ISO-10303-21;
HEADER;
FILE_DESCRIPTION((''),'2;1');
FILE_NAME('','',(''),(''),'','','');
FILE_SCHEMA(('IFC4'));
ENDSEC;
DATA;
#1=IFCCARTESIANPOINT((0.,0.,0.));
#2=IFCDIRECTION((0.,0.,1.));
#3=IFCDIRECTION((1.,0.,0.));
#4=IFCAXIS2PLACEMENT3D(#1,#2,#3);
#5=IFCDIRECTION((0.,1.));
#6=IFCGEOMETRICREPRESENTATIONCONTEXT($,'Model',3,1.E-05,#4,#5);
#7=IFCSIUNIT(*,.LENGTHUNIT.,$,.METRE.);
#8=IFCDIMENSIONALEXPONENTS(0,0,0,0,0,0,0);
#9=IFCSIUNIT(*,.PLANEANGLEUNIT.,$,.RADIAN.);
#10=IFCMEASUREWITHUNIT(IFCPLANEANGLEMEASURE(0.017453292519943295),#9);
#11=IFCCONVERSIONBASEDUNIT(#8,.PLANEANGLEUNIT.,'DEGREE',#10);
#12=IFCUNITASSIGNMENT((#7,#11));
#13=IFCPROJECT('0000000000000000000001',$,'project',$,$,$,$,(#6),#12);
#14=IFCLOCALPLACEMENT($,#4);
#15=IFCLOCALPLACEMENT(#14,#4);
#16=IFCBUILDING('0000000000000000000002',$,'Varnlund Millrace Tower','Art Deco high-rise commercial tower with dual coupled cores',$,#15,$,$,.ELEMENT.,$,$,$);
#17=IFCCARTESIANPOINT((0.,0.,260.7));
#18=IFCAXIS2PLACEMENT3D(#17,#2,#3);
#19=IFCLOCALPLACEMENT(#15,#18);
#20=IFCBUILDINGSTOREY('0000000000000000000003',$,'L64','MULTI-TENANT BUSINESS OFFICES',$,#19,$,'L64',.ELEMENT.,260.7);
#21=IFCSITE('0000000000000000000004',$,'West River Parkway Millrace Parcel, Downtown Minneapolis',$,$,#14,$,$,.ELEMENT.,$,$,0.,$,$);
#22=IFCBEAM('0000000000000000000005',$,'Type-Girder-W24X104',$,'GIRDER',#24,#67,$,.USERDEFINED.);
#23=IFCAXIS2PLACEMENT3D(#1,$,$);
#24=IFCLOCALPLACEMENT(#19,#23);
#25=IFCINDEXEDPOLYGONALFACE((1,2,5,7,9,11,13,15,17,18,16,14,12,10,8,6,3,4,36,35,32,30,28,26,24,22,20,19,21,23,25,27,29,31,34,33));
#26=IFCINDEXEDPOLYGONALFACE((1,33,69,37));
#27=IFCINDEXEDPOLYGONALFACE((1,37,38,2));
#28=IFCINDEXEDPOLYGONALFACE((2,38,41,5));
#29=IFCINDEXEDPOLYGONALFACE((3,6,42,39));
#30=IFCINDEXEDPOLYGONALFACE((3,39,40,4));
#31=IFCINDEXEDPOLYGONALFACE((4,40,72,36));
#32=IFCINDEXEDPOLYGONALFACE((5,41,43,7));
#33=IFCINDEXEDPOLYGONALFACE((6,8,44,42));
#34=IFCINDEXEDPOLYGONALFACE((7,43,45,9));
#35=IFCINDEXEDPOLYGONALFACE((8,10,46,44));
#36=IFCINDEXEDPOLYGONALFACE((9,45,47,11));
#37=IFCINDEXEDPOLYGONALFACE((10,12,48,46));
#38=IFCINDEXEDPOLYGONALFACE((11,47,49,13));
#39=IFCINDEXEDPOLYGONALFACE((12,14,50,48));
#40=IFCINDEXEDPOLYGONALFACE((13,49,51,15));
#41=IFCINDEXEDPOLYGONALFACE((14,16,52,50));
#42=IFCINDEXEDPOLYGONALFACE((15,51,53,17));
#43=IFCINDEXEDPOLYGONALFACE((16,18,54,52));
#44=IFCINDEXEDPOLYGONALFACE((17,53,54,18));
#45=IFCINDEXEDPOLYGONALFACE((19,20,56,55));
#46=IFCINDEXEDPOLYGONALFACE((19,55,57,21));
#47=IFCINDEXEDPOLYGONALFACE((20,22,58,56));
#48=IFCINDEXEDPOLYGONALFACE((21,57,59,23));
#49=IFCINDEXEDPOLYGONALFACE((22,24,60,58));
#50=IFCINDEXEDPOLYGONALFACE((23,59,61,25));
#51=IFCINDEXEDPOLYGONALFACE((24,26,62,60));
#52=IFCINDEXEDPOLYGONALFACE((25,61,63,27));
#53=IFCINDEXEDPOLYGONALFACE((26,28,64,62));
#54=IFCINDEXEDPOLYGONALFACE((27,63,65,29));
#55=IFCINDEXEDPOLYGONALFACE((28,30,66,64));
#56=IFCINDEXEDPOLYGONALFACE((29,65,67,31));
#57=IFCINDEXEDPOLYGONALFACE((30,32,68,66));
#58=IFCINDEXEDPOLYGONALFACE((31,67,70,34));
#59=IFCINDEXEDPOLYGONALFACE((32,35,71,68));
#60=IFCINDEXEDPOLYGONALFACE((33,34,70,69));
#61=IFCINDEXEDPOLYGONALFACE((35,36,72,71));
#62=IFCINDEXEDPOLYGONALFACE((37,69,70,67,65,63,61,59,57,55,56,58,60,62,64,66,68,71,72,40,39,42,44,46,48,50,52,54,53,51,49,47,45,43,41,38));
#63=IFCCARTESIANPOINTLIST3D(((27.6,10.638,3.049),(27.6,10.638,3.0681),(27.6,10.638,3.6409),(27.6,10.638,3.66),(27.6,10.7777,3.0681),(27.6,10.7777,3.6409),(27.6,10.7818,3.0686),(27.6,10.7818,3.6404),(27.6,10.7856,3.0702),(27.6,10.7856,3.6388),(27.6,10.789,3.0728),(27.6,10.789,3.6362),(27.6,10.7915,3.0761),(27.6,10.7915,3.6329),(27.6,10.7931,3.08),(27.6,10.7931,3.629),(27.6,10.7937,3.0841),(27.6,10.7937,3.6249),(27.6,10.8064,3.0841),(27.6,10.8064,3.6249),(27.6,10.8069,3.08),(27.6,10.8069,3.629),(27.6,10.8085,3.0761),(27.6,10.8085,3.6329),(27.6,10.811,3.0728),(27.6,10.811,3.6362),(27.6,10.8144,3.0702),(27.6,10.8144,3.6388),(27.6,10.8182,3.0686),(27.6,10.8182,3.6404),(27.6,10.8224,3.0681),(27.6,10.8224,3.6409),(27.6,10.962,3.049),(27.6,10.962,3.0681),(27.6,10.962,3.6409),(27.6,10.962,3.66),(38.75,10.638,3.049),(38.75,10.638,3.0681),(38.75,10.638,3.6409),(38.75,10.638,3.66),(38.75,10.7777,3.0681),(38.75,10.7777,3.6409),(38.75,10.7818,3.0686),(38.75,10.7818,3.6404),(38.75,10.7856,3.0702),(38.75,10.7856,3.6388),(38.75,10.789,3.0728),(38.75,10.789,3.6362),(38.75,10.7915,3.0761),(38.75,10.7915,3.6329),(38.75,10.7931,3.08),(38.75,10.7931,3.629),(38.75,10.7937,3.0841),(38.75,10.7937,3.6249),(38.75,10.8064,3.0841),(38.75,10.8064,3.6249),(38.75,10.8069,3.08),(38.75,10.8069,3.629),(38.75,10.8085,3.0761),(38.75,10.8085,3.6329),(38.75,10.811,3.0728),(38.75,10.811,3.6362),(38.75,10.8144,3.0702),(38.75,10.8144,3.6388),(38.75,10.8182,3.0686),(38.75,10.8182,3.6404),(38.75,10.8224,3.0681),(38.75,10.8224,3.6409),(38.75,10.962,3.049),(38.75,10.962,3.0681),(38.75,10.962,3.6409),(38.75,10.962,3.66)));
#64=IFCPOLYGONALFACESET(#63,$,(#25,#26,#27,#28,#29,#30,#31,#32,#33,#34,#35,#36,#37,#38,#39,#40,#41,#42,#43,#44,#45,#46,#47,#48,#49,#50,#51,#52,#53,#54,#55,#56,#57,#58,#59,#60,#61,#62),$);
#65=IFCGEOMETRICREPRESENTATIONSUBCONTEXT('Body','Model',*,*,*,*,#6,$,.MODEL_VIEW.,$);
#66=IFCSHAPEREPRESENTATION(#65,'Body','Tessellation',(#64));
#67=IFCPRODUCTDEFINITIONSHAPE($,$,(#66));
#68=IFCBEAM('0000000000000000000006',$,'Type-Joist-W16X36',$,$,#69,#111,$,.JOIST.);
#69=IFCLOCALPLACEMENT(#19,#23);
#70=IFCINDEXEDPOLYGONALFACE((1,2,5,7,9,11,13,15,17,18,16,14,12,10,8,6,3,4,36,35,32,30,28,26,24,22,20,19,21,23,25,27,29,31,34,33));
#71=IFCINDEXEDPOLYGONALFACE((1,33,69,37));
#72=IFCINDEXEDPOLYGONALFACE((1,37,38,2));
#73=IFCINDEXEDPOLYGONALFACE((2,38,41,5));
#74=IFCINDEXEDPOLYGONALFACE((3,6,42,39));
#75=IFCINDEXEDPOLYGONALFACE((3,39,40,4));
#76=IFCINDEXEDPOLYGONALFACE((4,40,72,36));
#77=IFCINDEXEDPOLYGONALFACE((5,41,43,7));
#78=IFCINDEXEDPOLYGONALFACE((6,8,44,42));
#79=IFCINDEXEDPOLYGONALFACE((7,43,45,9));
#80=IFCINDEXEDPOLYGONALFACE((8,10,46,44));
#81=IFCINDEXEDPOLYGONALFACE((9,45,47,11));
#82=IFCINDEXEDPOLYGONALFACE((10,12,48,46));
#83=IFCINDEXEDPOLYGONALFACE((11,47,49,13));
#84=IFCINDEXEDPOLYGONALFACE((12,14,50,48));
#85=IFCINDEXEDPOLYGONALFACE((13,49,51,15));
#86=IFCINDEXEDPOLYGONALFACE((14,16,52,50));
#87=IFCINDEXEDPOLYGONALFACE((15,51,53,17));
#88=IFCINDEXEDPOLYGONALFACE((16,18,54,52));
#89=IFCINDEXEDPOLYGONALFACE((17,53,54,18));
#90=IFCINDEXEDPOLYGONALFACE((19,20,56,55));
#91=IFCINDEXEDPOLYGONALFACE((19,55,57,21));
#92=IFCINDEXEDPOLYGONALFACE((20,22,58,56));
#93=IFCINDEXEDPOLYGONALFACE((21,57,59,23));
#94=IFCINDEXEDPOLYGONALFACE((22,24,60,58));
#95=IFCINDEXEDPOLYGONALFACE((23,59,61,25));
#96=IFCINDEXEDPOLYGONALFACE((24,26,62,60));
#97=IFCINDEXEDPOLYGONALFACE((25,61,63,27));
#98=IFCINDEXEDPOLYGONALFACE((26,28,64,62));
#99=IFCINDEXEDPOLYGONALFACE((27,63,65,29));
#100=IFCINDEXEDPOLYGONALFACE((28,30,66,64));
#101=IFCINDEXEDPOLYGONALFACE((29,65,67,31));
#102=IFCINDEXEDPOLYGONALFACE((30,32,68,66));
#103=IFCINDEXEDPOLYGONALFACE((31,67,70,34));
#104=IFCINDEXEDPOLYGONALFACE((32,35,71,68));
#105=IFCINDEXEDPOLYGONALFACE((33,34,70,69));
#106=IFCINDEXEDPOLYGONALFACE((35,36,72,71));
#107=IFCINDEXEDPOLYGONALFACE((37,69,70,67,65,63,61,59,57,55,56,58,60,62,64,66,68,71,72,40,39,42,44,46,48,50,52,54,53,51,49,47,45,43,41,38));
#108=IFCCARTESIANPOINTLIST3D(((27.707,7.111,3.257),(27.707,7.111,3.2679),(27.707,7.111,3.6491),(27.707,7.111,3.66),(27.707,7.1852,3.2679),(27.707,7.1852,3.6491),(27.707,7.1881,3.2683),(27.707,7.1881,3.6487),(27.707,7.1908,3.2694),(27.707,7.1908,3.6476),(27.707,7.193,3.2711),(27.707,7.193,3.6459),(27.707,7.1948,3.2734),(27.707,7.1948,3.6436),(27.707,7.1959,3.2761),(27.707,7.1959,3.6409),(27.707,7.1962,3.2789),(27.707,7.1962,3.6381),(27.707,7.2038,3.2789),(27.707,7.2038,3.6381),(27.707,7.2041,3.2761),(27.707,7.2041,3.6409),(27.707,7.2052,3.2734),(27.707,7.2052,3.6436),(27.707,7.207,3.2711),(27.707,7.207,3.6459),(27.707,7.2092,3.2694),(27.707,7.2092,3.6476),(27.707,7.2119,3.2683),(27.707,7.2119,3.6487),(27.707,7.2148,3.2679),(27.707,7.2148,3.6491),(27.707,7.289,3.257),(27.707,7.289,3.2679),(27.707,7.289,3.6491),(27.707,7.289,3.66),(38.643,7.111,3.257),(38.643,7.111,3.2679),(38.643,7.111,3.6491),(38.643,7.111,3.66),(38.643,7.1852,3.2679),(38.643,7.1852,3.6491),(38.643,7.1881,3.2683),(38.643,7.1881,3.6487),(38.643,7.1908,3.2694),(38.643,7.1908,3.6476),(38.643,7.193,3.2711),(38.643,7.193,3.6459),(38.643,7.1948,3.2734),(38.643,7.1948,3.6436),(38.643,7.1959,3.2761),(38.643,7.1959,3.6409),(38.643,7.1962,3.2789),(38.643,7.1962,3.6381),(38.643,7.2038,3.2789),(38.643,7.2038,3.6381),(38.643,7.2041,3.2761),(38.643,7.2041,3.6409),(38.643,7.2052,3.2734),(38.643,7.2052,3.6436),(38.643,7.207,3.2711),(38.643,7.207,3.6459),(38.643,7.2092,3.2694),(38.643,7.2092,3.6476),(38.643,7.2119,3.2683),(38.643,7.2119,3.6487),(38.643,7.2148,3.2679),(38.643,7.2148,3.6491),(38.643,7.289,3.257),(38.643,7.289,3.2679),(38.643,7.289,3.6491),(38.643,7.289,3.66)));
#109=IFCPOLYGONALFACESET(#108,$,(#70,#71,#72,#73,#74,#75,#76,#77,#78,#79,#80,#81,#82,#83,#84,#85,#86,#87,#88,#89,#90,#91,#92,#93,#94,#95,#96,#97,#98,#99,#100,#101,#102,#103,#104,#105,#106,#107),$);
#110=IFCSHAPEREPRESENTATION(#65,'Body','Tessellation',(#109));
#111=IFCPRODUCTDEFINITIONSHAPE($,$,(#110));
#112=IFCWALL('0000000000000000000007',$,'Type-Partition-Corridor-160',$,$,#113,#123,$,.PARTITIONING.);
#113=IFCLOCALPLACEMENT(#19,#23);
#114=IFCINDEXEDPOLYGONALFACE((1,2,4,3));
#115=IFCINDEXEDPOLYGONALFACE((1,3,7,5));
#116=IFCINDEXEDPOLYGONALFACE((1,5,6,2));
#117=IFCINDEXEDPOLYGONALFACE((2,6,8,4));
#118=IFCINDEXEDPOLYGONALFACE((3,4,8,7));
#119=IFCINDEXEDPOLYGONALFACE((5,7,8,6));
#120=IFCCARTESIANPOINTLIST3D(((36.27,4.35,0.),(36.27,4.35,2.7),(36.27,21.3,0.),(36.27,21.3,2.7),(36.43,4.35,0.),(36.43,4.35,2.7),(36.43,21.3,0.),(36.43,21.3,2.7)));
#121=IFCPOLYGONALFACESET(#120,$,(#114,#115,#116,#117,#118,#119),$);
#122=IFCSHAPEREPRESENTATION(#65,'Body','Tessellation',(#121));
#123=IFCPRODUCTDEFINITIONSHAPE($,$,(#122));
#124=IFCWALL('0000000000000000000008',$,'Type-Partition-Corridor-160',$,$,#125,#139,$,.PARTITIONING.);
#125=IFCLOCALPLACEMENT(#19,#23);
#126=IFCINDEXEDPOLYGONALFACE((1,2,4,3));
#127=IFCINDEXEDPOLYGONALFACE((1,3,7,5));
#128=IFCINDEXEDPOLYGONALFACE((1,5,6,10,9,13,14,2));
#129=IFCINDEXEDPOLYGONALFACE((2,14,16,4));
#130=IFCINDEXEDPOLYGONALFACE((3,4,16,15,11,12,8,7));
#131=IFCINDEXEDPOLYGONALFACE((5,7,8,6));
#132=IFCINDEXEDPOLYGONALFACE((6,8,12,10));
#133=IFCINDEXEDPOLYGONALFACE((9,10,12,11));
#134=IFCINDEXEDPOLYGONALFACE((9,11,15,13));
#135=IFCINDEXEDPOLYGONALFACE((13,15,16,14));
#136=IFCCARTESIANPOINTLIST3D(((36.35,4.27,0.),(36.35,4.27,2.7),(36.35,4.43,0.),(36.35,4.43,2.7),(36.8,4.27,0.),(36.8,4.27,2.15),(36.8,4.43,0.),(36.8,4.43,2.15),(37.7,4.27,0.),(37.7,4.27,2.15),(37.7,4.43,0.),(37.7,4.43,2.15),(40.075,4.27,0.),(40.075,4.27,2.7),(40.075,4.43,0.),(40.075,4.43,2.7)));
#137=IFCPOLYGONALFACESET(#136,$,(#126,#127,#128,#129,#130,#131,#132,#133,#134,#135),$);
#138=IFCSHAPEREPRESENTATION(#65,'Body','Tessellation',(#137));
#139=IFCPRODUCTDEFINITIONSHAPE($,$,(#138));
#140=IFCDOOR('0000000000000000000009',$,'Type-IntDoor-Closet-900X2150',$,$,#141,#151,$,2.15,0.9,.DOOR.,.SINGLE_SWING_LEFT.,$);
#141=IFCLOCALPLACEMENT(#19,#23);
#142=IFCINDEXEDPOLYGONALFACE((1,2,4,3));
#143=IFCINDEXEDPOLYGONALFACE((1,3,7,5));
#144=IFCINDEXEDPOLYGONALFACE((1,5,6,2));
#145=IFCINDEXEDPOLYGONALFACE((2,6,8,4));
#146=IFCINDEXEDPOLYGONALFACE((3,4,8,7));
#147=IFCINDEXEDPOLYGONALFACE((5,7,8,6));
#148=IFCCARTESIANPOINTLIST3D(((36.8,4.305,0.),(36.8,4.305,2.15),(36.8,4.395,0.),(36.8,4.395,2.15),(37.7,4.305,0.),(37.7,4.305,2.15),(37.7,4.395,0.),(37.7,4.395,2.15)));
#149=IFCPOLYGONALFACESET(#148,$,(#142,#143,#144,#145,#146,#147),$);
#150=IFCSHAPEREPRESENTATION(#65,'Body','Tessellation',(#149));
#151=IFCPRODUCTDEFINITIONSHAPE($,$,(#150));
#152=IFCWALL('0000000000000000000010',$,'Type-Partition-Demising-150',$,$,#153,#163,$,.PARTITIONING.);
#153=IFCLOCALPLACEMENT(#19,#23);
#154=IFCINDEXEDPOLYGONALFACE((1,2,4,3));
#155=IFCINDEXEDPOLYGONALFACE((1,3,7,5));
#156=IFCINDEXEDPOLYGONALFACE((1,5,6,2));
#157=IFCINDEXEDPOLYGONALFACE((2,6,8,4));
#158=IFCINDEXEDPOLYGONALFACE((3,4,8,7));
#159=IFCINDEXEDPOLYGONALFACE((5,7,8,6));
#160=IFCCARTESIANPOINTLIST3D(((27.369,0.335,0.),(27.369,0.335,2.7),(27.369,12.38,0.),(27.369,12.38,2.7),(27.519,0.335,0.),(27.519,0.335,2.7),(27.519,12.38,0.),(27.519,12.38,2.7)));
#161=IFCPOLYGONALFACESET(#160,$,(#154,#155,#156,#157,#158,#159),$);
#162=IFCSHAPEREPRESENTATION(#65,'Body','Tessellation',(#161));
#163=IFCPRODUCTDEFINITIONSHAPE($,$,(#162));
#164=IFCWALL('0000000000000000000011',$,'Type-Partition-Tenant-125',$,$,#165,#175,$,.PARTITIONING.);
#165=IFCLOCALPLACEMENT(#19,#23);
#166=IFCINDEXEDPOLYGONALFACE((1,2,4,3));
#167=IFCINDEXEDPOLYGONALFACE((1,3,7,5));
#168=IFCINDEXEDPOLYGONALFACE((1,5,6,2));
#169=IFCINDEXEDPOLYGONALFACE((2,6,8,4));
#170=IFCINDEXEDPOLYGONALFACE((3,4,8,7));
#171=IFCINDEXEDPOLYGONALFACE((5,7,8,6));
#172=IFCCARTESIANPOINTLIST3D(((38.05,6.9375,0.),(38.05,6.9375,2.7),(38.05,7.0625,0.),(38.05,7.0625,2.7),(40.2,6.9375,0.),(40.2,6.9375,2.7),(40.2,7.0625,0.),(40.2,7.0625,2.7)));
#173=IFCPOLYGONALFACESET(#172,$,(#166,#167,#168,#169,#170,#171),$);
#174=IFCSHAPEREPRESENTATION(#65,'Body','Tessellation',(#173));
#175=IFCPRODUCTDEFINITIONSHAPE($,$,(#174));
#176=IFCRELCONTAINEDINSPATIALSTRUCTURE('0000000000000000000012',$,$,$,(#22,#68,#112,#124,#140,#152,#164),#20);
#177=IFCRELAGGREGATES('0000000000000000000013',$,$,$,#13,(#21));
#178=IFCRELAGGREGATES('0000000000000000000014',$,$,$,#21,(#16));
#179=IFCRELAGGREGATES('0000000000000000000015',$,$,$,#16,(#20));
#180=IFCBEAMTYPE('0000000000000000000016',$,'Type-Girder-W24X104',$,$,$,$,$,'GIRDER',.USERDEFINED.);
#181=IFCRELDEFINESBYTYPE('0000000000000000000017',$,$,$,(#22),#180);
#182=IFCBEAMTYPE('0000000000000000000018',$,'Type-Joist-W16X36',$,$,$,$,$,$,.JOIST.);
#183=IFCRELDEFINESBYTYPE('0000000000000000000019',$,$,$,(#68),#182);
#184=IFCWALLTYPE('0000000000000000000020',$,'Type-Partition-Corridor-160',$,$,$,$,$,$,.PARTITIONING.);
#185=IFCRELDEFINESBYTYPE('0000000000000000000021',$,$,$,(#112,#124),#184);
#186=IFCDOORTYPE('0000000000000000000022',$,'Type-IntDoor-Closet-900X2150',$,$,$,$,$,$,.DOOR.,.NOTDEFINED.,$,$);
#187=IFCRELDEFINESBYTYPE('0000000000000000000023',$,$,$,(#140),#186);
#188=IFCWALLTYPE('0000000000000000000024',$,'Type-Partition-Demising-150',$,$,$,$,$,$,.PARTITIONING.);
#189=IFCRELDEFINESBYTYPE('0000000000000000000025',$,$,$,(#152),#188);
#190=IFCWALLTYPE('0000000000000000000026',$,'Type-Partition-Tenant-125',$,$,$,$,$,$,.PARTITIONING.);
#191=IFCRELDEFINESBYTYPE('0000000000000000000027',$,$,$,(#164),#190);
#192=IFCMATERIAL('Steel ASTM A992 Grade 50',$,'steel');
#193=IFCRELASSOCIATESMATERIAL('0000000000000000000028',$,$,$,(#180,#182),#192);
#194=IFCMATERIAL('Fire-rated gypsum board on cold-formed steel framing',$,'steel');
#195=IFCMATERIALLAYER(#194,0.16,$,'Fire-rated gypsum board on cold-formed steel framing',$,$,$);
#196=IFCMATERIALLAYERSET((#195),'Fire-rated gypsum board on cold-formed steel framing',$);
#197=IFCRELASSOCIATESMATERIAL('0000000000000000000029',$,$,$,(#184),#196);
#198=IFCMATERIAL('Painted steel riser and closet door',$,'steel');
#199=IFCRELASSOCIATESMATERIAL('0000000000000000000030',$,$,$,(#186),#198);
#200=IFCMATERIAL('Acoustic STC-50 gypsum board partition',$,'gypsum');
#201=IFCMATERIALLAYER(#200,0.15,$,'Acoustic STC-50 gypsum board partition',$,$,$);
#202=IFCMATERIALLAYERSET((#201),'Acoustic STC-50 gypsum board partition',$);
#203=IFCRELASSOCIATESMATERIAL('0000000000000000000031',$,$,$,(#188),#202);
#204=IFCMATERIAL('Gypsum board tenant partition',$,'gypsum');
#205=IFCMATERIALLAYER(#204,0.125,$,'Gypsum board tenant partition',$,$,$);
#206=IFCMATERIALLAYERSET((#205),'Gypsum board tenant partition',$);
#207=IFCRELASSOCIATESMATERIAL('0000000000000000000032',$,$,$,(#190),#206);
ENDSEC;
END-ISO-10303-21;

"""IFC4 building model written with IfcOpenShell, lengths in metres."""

from ifc_helpers import new_model, entity, si_unit, converted_unit, direction, frame, origin_with_axes, origin_2d_with_axis, place, context, subcontext, project, spatial, polyline, rectangle, i_section, outline, extrude, material, layer, layer_set, material_profile, profile_set, type_object, element, fill, save


model = new_model("IFC4")

# Units and contexts
model_context = context("Model", 3, precision=1e-05, world=origin_with_axes(), true_north=direction((0.0, 1.0)))
body_context = subcontext(model_context, "Body", "Model", "MODEL_VIEW")
ifc_project = project(units=[si_unit("LENGTHUNIT", "METRE"), converted_unit("PLANEANGLEUNIT", "DEGREE", entity("IfcPlaneAngleMeasure", 0.017453292519943295), si_unit("PLANEANGLEUNIT", "RADIAN"), dimensions=[0, 0, 0, 0, 0, 0, 0])], contexts=[model_context])

# Site, building, storey
site_placement = place(None, origin_with_axes())
site = spatial("IfcSite", under=ifc_project, at=site_placement, Name="West River Parkway Millrace Parcel, Downtown Minneapolis", CompositionType="ELEMENT", RefElevation=0.0)
building_placement = place(site_placement, origin_with_axes())
building = spatial("IfcBuilding", under=site, at=building_placement, Name="Varnlund Millrace Tower", Description="Art Deco high-rise commercial tower with dual coupled cores", CompositionType="ELEMENT")
storey_placement = place(building_placement, frame((0.0, 0.0, 260.7), z_axis=(0.0, 0.0, 1.0), x_axis=(1.0, 0.0, 0.0)))
storey = spatial("IfcBuildingStorey", under=building, at=storey_placement, Name="L64", Description="MULTI-TENANT BUSINESS OFFICES", LongName="L64", CompositionType="ELEMENT", Elevation=260.7)

# Beams
ifc_material_1 = material(Name="Steel ASTM A992 Grade 50", Category="steel")
ifc_material_profile_1 = material_profile(ifc_material_1, i_section(OverallWidth=0.324, OverallDepth=0.611, WebThickness=0.0127, FlangeThickness=0.0191, FilletRadius=0.016, at=origin_2d_with_axis()), Name="Steel ASTM A992 Grade 50")
ifc_profile_set_1 = profile_set([ifc_material_profile_1], Name="Steel ASTM A992 Grade 50")
beam_type_1 = type_object("IfcBeamType", Name="Type-Girder-W24X104", ElementType="GIRDER", PredefinedType="USERDEFINED", material=ifc_profile_set_1)
beam_1_placement = place(storey_placement, frame((27.6, 10.8, 3.3545), z_axis=(1.0, 0.0, 0.0), x_axis=(0.0, 1.0, 0.0)))
element("IfcBeam", 1, at=beam_1_placement, inside=storey, type_object=beam_type_1, Name="Type-Girder-W24X104", ObjectType="GIRDER", PredefinedType="USERDEFINED", context=body_context, shape_type="SweptSolid", body=[
    extrude(i_section(OverallWidth=0.324, OverallDepth=0.611, WebThickness=0.0127, FlangeThickness=0.0191, FilletRadius=0.016, at=origin_2d_with_axis()), origin_with_axes(), (0.0, 0.0, 1.0), 11.15),
])
ifc_material_profile_2 = material_profile(ifc_material_1, i_section(OverallWidth=0.178, OverallDepth=0.403, WebThickness=0.0075, FlangeThickness=0.0109, FilletRadius=0.011, at=origin_2d_with_axis()), Name="Steel ASTM A992 Grade 50")
ifc_profile_set_2 = profile_set([ifc_material_profile_2], Name="Steel ASTM A992 Grade 50")
beam_type_2 = type_object("IfcBeamType", Name="Type-Joist-W16X36", PredefinedType="JOIST", material=ifc_profile_set_2)
beam_2_placement = place(storey_placement, frame((27.707, 7.2, 3.4585), z_axis=(1.0, 0.0, 0.0), x_axis=(0.0, 1.0, 0.0)))
element("IfcBeam", 2, at=beam_2_placement, inside=storey, type_object=beam_type_2, Name="Type-Joist-W16X36", PredefinedType="JOIST", context=body_context, shape_type="SweptSolid", body=[
    extrude(i_section(OverallWidth=0.178, OverallDepth=0.403, WebThickness=0.0075, FlangeThickness=0.0109, FilletRadius=0.011, at=origin_2d_with_axis()), origin_with_axes(), (0.0, 0.0, 1.0), 10.936),
])

# Wall
ifc_material_2 = material(Name="Fire-rated gypsum board on cold-formed steel framing", Category="steel")
ifc_layer_1 = layer(ifc_material_2, 0.16, Name="Fire-rated gypsum board on cold-formed steel framing")
ifc_layer_set_1 = layer_set([ifc_layer_1], Name="Fire-rated gypsum board on cold-formed steel framing")
wall_type_1 = type_object("IfcWallType", Name="Type-Partition-Corridor-160", PredefinedType="PARTITIONING", material=ifc_layer_set_1)
wall_1_placement = place(storey_placement, frame((36.35, 4.35, 0.0), z_axis=(0.0, 0.0, 1.0), x_axis=(0.0, 1.0, 0.0)))
element("IfcWall", 3, at=wall_1_placement, inside=storey, type_object=wall_type_1, Name="Type-Partition-Corridor-160", PredefinedType="PARTITIONING", context=body_context, shape_type="SweptSolid", body=[
    extrude(outline(polyline([(0.0, -0.08), (16.95, -0.08), (16.95, 0.08), (0.0, 0.08), (0.0, -0.08)])), origin_with_axes(), (0.0, 0.0, 1.0), 2.7),
])

# Wall, opening, door
wall_2_placement = place(storey_placement, frame((36.35, 4.35, 0.0), z_axis=(0.0, 0.0, 1.0), x_axis=(1.0, 0.0, 0.0)))
wall_2 = element("IfcWall", 4, at=wall_2_placement, inside=storey, type_object=wall_type_1, Name="Type-Partition-Corridor-160", PredefinedType="PARTITIONING", context=body_context, shape_type="SweptSolid", body=[
    extrude(outline(polyline([(0.0, -0.08), (3.725, -0.08), (3.725, 0.08), (0.0, 0.08), (0.0, -0.08)])), origin_with_axes(), (0.0, 0.0, 1.0), 2.7),
])
opening_1_placement = place(wall_2_placement, frame((0.9, 0.0, 0.0), z_axis=(0.0, 0.0, 1.0), x_axis=(1.0, 0.0, 0.0)))
opening_1 = element("IfcOpeningElement", 5, at=opening_1_placement, cuts=wall_2, PredefinedType="OPENING", context=body_context, shape_type="SweptSolid", body=[
    extrude(rectangle(XDim=0.9, YDim=0.18, at=origin_2d_with_axis()), origin_with_axes(), (0.0, 0.0, 1.0), 2.15),
])
ifc_material_3 = material(Name="Painted steel riser and closet door", Category="steel")
door_type = type_object("IfcDoorType", Name="Type-IntDoor-Closet-900X2150", OperationType="NOTDEFINED", PredefinedType="DOOR", material=ifc_material_3)
door_1_placement = place(wall_2_placement, frame((0.9, 0.0, 0.0), z_axis=(0.0, 0.0, 1.0), x_axis=(1.0, 0.0, 0.0)))
door_1 = element("IfcDoor", 6, at=door_1_placement, inside=storey, type_object=door_type, Name="Type-IntDoor-Closet-900X2150", OperationType="SINGLE_SWING_LEFT", OverallHeight=2.15, OverallWidth=0.9, PredefinedType="DOOR", context=body_context, shape_type="SweptSolid", body=[
    extrude(rectangle(XDim=0.9, YDim=0.09, at=origin_2d_with_axis()), origin_with_axes(), (0.0, 0.0, 1.0), 2.15),
])
fill(opening_1, door_1)

# Walls
ifc_material_4 = material(Name="Acoustic STC-50 gypsum board partition", Category="gypsum")
ifc_layer_2 = layer(ifc_material_4, 0.15, Name="Acoustic STC-50 gypsum board partition")
ifc_layer_set_2 = layer_set([ifc_layer_2], Name="Acoustic STC-50 gypsum board partition")
wall_type_2 = type_object("IfcWallType", Name="Type-Partition-Demising-150", PredefinedType="PARTITIONING", material=ifc_layer_set_2)
wall_3_placement = place(storey_placement, frame((27.444, 0.335, 0.0), z_axis=(0.0, 0.0, 1.0), x_axis=(0.0, 1.0, 0.0)))
element("IfcWall", 7, at=wall_3_placement, inside=storey, type_object=wall_type_2, Name="Type-Partition-Demising-150", PredefinedType="PARTITIONING", context=body_context, shape_type="SweptSolid", body=[
    extrude(outline(polyline([(0.0, -0.075), (12.045, -0.075), (12.045, 0.075), (0.0, 0.075), (0.0, -0.075)])), origin_with_axes(), (0.0, 0.0, 1.0), 2.7),
])
ifc_material_5 = material(Name="Gypsum board tenant partition", Category="gypsum")
ifc_layer_3 = layer(ifc_material_5, 0.125, Name="Gypsum board tenant partition")
ifc_layer_set_3 = layer_set([ifc_layer_3], Name="Gypsum board tenant partition")
wall_type_3 = type_object("IfcWallType", Name="Type-Partition-Tenant-125", PredefinedType="PARTITIONING", material=ifc_layer_set_3)
wall_4_placement = place(storey_placement, frame((38.05, 7.0, 0.0), z_axis=(0.0, 0.0, 1.0), x_axis=(1.0, 0.0, 0.0)))
element("IfcWall", 8, at=wall_4_placement, inside=storey, type_object=wall_type_3, Name="Type-Partition-Tenant-125", PredefinedType="PARTITIONING", context=body_context, shape_type="SweptSolid", body=[
    extrude(outline(polyline([(0.0, -0.0625), (2.15, -0.0625), (2.15, 0.0625), (0.0, 0.0625), (0.0, -0.0625)])), origin_with_axes(), (0.0, 0.0, 1.0), 2.7),
])

save(model, "model.ifc")
